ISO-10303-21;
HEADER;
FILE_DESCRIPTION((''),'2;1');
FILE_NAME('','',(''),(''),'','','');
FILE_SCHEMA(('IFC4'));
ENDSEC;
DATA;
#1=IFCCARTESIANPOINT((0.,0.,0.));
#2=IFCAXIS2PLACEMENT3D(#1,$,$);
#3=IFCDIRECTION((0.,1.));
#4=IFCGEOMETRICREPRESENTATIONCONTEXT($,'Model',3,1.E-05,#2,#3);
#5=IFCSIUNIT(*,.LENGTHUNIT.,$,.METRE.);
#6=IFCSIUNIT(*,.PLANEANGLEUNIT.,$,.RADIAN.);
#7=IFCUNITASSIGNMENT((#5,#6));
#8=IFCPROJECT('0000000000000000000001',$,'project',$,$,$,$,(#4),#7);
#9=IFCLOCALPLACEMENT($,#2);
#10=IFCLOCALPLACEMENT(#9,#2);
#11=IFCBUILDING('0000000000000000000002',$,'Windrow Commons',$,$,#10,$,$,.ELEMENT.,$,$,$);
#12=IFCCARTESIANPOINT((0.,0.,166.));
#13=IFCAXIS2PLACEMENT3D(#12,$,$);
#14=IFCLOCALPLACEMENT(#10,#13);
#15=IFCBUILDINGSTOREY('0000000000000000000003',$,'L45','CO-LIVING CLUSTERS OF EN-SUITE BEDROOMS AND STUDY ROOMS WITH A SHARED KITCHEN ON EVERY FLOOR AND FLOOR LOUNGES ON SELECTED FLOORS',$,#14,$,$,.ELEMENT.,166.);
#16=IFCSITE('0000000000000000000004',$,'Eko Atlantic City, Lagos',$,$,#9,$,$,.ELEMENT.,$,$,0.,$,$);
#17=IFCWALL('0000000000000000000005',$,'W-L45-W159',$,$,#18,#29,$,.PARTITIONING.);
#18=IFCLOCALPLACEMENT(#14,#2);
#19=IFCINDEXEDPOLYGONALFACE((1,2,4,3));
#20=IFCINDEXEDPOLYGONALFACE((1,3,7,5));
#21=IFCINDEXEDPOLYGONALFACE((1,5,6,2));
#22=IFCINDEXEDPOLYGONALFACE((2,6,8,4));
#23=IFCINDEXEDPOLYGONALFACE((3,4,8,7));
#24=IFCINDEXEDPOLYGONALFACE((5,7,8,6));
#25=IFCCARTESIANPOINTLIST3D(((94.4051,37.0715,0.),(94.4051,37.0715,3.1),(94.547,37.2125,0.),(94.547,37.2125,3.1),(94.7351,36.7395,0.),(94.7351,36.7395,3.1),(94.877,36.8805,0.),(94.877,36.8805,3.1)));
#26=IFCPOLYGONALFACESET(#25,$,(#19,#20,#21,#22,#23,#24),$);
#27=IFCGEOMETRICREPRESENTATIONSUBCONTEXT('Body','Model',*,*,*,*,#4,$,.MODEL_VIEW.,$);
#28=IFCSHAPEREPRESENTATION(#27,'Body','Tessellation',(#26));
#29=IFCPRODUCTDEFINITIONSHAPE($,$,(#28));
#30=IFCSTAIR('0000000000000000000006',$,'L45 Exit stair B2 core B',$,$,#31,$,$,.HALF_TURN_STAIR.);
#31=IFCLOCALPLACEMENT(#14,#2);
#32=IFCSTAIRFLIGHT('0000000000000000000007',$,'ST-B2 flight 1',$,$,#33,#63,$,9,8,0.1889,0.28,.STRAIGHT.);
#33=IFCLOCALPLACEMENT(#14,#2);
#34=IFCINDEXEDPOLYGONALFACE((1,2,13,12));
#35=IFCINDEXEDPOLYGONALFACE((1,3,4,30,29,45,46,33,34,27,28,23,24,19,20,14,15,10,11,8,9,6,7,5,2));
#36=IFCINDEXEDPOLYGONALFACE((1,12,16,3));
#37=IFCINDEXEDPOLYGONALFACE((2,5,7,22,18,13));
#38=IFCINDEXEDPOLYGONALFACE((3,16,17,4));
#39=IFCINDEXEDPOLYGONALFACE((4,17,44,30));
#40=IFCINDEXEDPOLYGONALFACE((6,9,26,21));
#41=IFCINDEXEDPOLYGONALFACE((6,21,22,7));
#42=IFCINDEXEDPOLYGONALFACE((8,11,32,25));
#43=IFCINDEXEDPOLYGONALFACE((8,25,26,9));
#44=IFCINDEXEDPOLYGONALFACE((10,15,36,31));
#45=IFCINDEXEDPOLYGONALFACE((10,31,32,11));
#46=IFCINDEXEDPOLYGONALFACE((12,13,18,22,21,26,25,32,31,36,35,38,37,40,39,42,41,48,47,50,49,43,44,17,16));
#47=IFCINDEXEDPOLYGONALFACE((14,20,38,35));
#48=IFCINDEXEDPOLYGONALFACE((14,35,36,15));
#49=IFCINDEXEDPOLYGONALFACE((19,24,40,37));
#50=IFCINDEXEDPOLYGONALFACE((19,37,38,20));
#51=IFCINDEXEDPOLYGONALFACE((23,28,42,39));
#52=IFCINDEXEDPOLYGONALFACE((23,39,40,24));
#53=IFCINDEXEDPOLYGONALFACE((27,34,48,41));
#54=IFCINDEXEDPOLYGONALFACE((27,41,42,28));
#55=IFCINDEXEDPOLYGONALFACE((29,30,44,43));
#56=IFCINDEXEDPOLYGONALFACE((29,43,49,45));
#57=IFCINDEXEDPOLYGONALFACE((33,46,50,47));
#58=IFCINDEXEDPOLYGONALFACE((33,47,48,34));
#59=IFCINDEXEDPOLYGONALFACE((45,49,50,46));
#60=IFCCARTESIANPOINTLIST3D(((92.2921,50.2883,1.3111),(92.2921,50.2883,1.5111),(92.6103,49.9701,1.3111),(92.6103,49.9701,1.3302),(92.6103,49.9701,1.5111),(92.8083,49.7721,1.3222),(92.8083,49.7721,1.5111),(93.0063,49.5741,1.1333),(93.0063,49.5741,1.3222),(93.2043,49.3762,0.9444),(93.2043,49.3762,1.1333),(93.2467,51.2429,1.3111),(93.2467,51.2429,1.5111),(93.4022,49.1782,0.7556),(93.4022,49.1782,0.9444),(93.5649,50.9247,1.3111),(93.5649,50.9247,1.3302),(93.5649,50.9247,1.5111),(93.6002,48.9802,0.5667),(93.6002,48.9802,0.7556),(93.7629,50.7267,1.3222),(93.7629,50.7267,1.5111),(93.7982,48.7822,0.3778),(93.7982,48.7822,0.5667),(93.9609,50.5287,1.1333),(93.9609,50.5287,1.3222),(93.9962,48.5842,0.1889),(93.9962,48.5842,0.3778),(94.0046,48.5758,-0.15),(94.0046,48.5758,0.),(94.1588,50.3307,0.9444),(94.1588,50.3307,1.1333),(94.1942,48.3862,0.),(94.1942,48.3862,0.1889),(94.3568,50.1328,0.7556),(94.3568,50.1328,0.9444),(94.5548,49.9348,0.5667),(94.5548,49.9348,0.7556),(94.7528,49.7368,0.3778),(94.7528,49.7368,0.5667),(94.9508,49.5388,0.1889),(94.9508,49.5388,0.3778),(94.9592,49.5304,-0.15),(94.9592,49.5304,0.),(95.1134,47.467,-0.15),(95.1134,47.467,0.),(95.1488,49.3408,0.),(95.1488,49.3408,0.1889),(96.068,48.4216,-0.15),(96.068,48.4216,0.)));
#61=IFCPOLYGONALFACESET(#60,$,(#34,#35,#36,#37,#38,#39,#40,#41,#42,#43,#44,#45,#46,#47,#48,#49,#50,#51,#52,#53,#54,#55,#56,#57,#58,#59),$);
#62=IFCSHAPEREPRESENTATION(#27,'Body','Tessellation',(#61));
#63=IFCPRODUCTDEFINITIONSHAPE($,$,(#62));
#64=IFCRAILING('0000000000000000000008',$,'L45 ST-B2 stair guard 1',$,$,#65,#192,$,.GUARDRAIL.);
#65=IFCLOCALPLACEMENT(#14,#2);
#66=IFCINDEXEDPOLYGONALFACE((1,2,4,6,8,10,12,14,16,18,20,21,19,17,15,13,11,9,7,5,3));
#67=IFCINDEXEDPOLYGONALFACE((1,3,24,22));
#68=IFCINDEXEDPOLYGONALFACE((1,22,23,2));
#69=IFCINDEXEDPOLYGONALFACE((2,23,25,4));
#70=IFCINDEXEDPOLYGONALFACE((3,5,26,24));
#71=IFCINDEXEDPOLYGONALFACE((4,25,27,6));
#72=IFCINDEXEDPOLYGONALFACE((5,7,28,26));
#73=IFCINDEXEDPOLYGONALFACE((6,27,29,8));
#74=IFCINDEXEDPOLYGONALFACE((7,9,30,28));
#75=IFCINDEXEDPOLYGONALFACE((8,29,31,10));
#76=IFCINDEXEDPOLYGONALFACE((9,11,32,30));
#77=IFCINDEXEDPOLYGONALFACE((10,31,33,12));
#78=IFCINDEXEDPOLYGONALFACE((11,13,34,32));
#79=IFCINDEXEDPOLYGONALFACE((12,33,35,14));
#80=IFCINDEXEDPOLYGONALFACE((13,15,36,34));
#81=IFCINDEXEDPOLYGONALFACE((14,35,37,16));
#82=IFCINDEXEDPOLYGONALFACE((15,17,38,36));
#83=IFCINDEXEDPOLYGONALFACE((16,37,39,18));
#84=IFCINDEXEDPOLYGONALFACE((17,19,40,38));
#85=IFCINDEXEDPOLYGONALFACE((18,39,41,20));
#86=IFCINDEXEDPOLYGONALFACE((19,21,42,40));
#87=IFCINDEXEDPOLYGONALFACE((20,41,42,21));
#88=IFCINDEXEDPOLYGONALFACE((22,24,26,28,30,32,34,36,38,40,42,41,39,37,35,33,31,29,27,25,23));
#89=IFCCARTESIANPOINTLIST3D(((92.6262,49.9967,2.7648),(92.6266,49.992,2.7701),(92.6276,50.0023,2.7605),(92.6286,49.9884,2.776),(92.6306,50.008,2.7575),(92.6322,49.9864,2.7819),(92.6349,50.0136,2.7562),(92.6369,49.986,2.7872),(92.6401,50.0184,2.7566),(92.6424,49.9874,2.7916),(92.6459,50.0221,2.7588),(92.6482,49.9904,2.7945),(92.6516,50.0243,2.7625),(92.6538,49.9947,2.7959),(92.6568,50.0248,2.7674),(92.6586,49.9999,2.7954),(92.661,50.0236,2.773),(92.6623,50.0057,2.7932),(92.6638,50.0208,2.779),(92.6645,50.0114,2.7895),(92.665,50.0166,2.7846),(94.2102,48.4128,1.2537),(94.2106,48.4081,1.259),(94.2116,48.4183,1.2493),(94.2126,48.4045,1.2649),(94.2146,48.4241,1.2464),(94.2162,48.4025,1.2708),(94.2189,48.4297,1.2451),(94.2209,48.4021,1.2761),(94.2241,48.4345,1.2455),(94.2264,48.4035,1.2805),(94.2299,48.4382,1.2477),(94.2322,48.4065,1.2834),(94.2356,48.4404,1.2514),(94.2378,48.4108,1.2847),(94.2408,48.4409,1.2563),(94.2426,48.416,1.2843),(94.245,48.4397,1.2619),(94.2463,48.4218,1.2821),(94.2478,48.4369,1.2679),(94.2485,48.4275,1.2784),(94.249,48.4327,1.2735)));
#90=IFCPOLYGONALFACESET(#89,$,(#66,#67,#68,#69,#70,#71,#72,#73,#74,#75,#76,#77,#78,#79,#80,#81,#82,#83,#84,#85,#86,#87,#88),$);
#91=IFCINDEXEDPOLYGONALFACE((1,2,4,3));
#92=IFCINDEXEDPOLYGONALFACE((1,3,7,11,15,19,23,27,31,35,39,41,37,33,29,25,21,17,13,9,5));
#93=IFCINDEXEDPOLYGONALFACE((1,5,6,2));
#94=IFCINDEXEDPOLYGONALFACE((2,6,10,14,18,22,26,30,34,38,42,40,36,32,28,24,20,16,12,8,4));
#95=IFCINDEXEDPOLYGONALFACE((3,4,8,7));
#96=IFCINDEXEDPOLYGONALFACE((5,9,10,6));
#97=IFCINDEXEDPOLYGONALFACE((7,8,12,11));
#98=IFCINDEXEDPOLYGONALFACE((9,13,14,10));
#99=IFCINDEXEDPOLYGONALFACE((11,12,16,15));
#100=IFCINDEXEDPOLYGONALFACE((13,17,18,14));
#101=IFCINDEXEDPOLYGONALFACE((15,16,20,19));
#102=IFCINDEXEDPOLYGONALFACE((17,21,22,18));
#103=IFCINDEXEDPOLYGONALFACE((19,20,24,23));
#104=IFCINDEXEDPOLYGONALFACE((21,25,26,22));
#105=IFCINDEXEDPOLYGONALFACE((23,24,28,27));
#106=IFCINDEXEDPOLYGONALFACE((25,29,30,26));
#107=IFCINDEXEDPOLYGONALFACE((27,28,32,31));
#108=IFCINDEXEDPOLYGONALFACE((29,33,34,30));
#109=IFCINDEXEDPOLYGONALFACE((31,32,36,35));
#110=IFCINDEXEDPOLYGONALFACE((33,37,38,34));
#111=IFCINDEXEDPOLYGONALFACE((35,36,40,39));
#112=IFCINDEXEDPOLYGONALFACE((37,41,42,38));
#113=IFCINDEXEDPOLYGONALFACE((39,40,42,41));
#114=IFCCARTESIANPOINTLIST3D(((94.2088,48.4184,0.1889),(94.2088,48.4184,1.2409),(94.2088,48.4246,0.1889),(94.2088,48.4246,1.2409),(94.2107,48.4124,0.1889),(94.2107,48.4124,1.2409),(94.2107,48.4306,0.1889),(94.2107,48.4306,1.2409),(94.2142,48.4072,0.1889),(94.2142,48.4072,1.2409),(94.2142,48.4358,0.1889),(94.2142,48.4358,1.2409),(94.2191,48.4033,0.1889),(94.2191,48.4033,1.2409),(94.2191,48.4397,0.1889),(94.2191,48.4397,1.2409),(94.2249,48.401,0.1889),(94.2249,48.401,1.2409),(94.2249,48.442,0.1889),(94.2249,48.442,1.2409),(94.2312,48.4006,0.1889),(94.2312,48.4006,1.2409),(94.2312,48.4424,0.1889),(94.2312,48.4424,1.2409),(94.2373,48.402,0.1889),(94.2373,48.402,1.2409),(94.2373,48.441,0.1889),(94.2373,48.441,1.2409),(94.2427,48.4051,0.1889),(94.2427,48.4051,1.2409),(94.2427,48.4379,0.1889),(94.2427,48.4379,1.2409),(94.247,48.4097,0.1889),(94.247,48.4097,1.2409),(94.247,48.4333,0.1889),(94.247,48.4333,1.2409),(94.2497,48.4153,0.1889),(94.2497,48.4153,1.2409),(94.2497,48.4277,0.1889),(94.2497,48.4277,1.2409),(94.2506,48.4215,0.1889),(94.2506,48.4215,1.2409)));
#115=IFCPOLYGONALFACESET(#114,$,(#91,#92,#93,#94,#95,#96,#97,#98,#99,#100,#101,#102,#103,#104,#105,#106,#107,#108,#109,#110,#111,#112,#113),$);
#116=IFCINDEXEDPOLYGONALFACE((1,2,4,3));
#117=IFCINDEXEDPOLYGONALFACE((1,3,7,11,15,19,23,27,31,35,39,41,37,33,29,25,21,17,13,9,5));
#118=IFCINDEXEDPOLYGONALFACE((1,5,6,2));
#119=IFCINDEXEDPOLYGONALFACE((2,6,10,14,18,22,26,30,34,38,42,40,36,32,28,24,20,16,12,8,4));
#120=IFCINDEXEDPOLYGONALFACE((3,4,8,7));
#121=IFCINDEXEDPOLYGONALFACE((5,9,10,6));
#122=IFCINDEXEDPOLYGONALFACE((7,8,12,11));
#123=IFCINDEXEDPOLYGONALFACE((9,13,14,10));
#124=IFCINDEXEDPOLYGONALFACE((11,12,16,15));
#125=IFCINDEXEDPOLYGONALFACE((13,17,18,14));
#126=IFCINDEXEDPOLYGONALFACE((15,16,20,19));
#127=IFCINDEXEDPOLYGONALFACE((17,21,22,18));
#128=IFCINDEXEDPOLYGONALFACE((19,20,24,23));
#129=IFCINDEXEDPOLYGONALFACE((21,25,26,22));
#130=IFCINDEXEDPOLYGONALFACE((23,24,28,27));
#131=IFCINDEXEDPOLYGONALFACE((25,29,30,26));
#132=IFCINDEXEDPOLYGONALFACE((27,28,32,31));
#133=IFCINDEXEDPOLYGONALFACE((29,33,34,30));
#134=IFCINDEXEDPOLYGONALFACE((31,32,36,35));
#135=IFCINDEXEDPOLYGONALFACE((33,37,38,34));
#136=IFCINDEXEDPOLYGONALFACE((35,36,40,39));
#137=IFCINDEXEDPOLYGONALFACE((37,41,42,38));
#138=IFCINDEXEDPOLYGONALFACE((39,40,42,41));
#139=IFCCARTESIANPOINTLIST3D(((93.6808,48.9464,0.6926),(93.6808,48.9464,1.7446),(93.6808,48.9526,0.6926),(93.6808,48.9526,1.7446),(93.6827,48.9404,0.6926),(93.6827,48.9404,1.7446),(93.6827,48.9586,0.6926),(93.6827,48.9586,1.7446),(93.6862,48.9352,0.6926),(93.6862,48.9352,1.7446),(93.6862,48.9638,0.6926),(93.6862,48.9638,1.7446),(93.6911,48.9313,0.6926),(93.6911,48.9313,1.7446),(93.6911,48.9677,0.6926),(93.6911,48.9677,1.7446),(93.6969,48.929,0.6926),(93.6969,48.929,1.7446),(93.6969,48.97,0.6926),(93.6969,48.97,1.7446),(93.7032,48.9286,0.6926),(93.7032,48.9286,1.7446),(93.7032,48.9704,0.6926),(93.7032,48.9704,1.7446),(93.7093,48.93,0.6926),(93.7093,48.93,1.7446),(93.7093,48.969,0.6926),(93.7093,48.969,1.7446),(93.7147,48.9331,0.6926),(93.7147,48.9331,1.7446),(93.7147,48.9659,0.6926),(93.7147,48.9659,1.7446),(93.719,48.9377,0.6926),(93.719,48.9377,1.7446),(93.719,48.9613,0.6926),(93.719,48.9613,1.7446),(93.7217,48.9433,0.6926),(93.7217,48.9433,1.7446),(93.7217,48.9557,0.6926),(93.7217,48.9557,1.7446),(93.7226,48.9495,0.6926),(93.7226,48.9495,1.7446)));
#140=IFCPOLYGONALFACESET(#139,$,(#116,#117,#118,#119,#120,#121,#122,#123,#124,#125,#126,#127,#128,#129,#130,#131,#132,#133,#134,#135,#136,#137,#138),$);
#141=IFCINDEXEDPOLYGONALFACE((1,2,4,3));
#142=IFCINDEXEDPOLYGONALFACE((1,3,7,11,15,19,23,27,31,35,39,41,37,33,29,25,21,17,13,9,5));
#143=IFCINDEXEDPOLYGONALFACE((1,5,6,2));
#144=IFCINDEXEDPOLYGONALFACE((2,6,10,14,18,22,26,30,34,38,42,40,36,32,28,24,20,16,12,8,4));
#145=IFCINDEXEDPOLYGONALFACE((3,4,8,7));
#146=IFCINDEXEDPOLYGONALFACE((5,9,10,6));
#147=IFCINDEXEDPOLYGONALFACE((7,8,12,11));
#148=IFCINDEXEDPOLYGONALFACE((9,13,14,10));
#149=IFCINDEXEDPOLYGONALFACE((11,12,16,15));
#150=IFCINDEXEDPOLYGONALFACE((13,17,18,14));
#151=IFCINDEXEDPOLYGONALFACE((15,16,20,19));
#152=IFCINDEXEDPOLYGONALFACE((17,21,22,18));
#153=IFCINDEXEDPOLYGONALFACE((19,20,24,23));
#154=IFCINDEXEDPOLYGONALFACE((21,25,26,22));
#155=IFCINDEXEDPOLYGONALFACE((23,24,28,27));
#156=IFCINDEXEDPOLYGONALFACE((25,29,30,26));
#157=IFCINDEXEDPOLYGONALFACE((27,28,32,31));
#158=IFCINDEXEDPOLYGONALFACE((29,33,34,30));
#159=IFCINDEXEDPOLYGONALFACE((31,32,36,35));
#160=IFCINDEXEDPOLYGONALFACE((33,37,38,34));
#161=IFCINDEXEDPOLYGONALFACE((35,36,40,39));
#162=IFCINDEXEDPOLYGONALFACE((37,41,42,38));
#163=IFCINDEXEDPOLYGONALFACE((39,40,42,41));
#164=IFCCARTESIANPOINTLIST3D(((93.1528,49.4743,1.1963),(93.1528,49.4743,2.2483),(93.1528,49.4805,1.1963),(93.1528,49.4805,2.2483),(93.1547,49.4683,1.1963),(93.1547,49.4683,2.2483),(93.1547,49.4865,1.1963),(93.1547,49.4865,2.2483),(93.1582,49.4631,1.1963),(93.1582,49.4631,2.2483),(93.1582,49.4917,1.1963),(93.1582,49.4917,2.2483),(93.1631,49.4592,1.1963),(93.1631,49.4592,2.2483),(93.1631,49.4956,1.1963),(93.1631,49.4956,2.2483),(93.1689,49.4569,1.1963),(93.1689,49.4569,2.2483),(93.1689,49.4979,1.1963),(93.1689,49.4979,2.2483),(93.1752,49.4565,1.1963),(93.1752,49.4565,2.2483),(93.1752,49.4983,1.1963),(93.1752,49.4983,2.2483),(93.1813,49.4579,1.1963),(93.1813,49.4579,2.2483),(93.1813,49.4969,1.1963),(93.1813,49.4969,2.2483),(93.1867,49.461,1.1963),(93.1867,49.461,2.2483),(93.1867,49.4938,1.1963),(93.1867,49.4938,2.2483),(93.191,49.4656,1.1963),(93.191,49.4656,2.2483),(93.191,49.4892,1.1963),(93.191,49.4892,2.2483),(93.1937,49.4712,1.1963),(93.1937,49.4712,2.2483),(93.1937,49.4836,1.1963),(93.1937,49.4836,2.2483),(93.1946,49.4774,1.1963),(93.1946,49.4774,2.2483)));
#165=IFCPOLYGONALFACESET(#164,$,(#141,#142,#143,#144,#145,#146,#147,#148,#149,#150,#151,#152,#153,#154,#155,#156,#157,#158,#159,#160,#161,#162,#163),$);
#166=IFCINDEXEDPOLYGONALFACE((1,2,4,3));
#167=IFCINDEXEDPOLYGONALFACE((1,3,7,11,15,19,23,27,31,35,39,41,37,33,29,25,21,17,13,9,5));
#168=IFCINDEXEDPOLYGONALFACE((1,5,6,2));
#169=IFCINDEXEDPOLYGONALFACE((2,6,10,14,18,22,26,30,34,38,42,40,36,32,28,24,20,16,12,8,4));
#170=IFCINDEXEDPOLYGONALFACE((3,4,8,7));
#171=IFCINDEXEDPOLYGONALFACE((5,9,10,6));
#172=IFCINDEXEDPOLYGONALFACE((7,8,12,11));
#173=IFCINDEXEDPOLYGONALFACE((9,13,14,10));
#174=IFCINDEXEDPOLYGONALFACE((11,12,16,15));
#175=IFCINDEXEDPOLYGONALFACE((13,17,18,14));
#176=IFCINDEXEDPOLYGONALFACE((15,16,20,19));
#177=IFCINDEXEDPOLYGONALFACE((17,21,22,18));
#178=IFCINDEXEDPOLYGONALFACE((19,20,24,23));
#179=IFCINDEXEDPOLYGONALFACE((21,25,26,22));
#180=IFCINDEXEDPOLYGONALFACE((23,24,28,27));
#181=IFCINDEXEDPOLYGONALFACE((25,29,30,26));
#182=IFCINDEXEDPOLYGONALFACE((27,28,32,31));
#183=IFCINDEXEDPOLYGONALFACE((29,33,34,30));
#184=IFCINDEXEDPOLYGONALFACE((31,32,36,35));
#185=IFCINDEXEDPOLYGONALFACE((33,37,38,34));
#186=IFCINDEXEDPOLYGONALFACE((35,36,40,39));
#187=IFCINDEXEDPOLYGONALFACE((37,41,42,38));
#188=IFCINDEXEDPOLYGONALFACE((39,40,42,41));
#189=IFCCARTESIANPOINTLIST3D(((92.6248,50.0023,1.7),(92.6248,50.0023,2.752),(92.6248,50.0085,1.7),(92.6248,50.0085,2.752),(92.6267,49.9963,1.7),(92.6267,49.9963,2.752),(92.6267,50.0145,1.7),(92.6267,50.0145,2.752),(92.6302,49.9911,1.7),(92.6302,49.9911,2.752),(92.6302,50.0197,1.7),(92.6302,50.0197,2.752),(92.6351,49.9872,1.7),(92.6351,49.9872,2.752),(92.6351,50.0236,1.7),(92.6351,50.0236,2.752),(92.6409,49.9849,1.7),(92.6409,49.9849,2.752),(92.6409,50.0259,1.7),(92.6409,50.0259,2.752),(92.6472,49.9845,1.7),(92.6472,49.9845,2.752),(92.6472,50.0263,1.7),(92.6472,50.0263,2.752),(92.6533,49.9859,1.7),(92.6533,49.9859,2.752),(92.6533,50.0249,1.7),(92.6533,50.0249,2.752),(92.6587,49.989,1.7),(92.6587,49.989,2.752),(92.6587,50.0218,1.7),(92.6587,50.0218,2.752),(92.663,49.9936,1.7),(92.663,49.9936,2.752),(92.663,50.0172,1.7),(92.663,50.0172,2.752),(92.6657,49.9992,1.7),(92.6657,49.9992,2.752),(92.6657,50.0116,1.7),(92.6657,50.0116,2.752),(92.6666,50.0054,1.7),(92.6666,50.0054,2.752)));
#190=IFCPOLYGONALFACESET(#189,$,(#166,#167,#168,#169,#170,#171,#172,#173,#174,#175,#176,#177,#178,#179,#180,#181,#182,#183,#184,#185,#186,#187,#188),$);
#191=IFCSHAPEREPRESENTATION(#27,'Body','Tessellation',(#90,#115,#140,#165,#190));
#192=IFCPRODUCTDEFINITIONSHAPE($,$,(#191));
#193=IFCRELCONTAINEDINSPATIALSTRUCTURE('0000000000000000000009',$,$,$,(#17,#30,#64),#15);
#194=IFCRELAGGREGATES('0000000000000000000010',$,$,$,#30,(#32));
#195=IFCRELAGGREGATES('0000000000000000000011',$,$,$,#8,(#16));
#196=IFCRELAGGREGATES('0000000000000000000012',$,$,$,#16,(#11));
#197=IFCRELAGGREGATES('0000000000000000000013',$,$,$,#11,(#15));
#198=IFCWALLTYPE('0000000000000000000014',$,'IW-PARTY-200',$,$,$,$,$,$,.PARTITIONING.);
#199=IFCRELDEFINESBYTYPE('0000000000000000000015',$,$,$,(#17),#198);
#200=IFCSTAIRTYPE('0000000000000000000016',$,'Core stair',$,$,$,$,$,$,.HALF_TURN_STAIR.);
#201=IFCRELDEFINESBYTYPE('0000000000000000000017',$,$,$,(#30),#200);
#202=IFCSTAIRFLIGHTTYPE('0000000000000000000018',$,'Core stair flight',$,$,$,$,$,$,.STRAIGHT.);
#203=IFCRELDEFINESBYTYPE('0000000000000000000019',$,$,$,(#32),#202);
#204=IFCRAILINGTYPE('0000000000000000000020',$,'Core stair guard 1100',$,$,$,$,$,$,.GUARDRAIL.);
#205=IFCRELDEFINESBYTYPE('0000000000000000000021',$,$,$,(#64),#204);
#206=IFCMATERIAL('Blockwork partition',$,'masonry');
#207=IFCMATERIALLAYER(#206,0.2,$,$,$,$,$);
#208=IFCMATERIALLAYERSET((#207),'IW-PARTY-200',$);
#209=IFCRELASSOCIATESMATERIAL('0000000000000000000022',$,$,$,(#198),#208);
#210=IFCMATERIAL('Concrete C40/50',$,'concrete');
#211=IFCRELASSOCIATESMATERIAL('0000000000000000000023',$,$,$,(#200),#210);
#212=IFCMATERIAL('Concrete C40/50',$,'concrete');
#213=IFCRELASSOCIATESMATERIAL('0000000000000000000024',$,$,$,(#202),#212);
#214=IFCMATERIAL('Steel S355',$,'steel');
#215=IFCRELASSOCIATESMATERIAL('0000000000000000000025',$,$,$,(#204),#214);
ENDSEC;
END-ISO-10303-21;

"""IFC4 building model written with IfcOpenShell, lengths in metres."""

from ifc_helpers import new_model, si_unit, direction, frame, frame_2d, origin, origin_2d, place, context, subcontext, project, spatial, polyline, rectangle, circle, outline, extrude, material, layer, layer_set, type_object, element, aggregate, save


model = new_model("IFC4")

# Units and contexts
model_context = context("Model", 3, precision=1e-05, world=origin(), true_north=direction((0.0, 1.0)))
body_context = subcontext(model_context, "Body", "Model", "MODEL_VIEW")
ifc_project = project(units=[si_unit("LENGTHUNIT", "METRE"), si_unit("PLANEANGLEUNIT", "RADIAN")], contexts=[model_context])

# Site, building, storey
site_placement = place(None, origin())
site = spatial("IfcSite", under=ifc_project, at=site_placement, Name="Eko Atlantic City, Lagos", CompositionType="ELEMENT", RefElevation=0.0)
building_placement = place(site_placement, origin())
building = spatial("IfcBuilding", under=site, at=building_placement, Name="Windrow Commons", CompositionType="ELEMENT")
storey_placement = place(building_placement, frame((0.0, 0.0, 166.0)))
storey = spatial("IfcBuildingStorey", under=building, at=storey_placement, Name="L45", Description="CO-LIVING CLUSTERS OF EN-SUITE BEDROOMS AND STUDY ROOMS WITH A SHARED KITCHEN ON EVERY FLOOR AND FLOOR LOUNGES ON SELECTED FLOORS", CompositionType="ELEMENT", Elevation=166.0)

# Wall
ifc_material_1 = material(Name="Blockwork partition", Category="masonry")
ifc_layer_1 = layer(ifc_material_1, 0.2)
ifc_layer_set_1 = layer_set([ifc_layer_1], Name="IW-PARTY-200")
wall_type_1 = type_object("IfcWallType", Name="IW-PARTY-200", PredefinedType="PARTITIONING", material=ifc_layer_set_1)
wall_1_placement = place(storey_placement, frame((94.476, 37.142, 0.0), z_axis=(0.0, 0.0, 1.0), x_axis=(0.704967, -0.70924, 0.0)))
element("IfcWall", 1, at=wall_1_placement, inside=storey, type_object=wall_type_1, Name="W-L45-W159", PredefinedType="PARTITIONING", context=body_context, shape_type="SweptSolid", body=[
    extrude(rectangle(XDim=0.4681, YDim=0.2, at=frame_2d((0.2341, 0.0))), origin(), (0.0, 0.0, 1.0), 3.1),
])

# Stair, stair flight
ifc_material_2 = material(Name="Concrete C40/50", Category="concrete")
stair_type = type_object("IfcStairType", Name="Core stair", PredefinedType="HALF_TURN_STAIR", material=ifc_material_2)
stair_placement = place(storey_placement, origin())
stair = element("IfcStair", 2, at=stair_placement, inside=storey, type_object=stair_type, Name="L45 Exit stair B2 core B", PredefinedType="HALF_TURN_STAIR")
ifc_material_3 = material(Name="Concrete C40/50", Category="concrete")
stair_flight_type = type_object("IfcStairFlightType", Name="Core stair flight", PredefinedType="STRAIGHT", material=ifc_material_3)
stair_flight_placement = place(storey_placement, frame((94.6715, 48.8635, 0.0), z_axis=(0.0, 0.0, 1.0), x_axis=(-0.707107, 0.707107, 0.0)))
stair_flight = element("IfcStairFlight", 3, at=stair_flight_placement, type_object=stair_flight_type, Name="ST-B2 flight 1", NumberOfRisers=9, NumberOfTreads=8, PredefinedType="STRAIGHT", RiserHeight=0.1889, TreadLength=0.28, context=body_context, shape_type="SweptSolid", body=[
    extrude(outline(polyline([(-1.3, -0.15), (-1.3, 0.0), (0.0, 0.0), (0.0, 0.1889), (0.28, 0.1889), (0.28, 0.3778), (0.56, 0.3778), (0.56, 0.5667), (0.84, 0.5667), (0.84, 0.7556), (1.12, 0.7556), (1.12, 0.9444), (1.4, 0.9444), (1.4, 1.1333), (1.68, 1.1333), (1.68, 1.3222), (1.96, 1.3222), (1.96, 1.5111), (2.24, 1.5111), (2.69, 1.5111), (2.69, 1.3111), (2.24, 1.3111), (2.24, 1.3302), (0.2682, 0.0), (0.2682, -0.15), (-1.3, -0.15)])), frame((0.0, 0.675, 0.0), z_axis=(0.0, -1.0, 0.0), x_axis=(1.0, 0.0, 0.0)), (0.0, 0.0, 1.0), 1.35),
])
aggregate(stair, [stair_flight])

# Railing
ifc_material_4 = material(Name="Steel S355", Category="steel")
railing_type = type_object("IfcRailingType", Name="Core stair guard 1100", PredefinedType="GUARDRAIL", material=ifc_material_4)
railing_placement = place(storey_placement, frame((94.2296, 48.4215, 0.1889)))
element("IfcRailing", 4, at=railing_placement, inside=storey, type_object=railing_type, Name="L45 ST-B2 stair guard 1", PredefinedType="GUARDRAIL", context=body_context, shape_type="SweptSolid", body=[
    extrude(circle(Radius=0.024, at=origin_2d()), frame((0.0, 0.0, 1.076), z_axis=(-0.586216, 0.586179, 0.559237), x_axis=(-0.707084, -0.707129, 0.0)), (0.0, 0.0, 1.0), 2.7021),
    extrude(circle(Radius=0.021, at=origin_2d()), origin(), (0.0, 0.0, 1.0), 1.052),
    extrude(circle(Radius=0.021, at=origin_2d()), frame((-0.528, 0.528, 0.5037)), (0.0, 0.0, 1.0), 1.052),
    extrude(circle(Radius=0.021, at=origin_2d()), frame((-1.056, 1.0559, 1.0074)), (0.0, 0.0, 1.0), 1.052),
    extrude(circle(Radius=0.021, at=origin_2d()), frame((-1.584, 1.5839, 1.5111)), (0.0, 0.0, 1.0), 1.052),
])

save(model, "model.ifc")
